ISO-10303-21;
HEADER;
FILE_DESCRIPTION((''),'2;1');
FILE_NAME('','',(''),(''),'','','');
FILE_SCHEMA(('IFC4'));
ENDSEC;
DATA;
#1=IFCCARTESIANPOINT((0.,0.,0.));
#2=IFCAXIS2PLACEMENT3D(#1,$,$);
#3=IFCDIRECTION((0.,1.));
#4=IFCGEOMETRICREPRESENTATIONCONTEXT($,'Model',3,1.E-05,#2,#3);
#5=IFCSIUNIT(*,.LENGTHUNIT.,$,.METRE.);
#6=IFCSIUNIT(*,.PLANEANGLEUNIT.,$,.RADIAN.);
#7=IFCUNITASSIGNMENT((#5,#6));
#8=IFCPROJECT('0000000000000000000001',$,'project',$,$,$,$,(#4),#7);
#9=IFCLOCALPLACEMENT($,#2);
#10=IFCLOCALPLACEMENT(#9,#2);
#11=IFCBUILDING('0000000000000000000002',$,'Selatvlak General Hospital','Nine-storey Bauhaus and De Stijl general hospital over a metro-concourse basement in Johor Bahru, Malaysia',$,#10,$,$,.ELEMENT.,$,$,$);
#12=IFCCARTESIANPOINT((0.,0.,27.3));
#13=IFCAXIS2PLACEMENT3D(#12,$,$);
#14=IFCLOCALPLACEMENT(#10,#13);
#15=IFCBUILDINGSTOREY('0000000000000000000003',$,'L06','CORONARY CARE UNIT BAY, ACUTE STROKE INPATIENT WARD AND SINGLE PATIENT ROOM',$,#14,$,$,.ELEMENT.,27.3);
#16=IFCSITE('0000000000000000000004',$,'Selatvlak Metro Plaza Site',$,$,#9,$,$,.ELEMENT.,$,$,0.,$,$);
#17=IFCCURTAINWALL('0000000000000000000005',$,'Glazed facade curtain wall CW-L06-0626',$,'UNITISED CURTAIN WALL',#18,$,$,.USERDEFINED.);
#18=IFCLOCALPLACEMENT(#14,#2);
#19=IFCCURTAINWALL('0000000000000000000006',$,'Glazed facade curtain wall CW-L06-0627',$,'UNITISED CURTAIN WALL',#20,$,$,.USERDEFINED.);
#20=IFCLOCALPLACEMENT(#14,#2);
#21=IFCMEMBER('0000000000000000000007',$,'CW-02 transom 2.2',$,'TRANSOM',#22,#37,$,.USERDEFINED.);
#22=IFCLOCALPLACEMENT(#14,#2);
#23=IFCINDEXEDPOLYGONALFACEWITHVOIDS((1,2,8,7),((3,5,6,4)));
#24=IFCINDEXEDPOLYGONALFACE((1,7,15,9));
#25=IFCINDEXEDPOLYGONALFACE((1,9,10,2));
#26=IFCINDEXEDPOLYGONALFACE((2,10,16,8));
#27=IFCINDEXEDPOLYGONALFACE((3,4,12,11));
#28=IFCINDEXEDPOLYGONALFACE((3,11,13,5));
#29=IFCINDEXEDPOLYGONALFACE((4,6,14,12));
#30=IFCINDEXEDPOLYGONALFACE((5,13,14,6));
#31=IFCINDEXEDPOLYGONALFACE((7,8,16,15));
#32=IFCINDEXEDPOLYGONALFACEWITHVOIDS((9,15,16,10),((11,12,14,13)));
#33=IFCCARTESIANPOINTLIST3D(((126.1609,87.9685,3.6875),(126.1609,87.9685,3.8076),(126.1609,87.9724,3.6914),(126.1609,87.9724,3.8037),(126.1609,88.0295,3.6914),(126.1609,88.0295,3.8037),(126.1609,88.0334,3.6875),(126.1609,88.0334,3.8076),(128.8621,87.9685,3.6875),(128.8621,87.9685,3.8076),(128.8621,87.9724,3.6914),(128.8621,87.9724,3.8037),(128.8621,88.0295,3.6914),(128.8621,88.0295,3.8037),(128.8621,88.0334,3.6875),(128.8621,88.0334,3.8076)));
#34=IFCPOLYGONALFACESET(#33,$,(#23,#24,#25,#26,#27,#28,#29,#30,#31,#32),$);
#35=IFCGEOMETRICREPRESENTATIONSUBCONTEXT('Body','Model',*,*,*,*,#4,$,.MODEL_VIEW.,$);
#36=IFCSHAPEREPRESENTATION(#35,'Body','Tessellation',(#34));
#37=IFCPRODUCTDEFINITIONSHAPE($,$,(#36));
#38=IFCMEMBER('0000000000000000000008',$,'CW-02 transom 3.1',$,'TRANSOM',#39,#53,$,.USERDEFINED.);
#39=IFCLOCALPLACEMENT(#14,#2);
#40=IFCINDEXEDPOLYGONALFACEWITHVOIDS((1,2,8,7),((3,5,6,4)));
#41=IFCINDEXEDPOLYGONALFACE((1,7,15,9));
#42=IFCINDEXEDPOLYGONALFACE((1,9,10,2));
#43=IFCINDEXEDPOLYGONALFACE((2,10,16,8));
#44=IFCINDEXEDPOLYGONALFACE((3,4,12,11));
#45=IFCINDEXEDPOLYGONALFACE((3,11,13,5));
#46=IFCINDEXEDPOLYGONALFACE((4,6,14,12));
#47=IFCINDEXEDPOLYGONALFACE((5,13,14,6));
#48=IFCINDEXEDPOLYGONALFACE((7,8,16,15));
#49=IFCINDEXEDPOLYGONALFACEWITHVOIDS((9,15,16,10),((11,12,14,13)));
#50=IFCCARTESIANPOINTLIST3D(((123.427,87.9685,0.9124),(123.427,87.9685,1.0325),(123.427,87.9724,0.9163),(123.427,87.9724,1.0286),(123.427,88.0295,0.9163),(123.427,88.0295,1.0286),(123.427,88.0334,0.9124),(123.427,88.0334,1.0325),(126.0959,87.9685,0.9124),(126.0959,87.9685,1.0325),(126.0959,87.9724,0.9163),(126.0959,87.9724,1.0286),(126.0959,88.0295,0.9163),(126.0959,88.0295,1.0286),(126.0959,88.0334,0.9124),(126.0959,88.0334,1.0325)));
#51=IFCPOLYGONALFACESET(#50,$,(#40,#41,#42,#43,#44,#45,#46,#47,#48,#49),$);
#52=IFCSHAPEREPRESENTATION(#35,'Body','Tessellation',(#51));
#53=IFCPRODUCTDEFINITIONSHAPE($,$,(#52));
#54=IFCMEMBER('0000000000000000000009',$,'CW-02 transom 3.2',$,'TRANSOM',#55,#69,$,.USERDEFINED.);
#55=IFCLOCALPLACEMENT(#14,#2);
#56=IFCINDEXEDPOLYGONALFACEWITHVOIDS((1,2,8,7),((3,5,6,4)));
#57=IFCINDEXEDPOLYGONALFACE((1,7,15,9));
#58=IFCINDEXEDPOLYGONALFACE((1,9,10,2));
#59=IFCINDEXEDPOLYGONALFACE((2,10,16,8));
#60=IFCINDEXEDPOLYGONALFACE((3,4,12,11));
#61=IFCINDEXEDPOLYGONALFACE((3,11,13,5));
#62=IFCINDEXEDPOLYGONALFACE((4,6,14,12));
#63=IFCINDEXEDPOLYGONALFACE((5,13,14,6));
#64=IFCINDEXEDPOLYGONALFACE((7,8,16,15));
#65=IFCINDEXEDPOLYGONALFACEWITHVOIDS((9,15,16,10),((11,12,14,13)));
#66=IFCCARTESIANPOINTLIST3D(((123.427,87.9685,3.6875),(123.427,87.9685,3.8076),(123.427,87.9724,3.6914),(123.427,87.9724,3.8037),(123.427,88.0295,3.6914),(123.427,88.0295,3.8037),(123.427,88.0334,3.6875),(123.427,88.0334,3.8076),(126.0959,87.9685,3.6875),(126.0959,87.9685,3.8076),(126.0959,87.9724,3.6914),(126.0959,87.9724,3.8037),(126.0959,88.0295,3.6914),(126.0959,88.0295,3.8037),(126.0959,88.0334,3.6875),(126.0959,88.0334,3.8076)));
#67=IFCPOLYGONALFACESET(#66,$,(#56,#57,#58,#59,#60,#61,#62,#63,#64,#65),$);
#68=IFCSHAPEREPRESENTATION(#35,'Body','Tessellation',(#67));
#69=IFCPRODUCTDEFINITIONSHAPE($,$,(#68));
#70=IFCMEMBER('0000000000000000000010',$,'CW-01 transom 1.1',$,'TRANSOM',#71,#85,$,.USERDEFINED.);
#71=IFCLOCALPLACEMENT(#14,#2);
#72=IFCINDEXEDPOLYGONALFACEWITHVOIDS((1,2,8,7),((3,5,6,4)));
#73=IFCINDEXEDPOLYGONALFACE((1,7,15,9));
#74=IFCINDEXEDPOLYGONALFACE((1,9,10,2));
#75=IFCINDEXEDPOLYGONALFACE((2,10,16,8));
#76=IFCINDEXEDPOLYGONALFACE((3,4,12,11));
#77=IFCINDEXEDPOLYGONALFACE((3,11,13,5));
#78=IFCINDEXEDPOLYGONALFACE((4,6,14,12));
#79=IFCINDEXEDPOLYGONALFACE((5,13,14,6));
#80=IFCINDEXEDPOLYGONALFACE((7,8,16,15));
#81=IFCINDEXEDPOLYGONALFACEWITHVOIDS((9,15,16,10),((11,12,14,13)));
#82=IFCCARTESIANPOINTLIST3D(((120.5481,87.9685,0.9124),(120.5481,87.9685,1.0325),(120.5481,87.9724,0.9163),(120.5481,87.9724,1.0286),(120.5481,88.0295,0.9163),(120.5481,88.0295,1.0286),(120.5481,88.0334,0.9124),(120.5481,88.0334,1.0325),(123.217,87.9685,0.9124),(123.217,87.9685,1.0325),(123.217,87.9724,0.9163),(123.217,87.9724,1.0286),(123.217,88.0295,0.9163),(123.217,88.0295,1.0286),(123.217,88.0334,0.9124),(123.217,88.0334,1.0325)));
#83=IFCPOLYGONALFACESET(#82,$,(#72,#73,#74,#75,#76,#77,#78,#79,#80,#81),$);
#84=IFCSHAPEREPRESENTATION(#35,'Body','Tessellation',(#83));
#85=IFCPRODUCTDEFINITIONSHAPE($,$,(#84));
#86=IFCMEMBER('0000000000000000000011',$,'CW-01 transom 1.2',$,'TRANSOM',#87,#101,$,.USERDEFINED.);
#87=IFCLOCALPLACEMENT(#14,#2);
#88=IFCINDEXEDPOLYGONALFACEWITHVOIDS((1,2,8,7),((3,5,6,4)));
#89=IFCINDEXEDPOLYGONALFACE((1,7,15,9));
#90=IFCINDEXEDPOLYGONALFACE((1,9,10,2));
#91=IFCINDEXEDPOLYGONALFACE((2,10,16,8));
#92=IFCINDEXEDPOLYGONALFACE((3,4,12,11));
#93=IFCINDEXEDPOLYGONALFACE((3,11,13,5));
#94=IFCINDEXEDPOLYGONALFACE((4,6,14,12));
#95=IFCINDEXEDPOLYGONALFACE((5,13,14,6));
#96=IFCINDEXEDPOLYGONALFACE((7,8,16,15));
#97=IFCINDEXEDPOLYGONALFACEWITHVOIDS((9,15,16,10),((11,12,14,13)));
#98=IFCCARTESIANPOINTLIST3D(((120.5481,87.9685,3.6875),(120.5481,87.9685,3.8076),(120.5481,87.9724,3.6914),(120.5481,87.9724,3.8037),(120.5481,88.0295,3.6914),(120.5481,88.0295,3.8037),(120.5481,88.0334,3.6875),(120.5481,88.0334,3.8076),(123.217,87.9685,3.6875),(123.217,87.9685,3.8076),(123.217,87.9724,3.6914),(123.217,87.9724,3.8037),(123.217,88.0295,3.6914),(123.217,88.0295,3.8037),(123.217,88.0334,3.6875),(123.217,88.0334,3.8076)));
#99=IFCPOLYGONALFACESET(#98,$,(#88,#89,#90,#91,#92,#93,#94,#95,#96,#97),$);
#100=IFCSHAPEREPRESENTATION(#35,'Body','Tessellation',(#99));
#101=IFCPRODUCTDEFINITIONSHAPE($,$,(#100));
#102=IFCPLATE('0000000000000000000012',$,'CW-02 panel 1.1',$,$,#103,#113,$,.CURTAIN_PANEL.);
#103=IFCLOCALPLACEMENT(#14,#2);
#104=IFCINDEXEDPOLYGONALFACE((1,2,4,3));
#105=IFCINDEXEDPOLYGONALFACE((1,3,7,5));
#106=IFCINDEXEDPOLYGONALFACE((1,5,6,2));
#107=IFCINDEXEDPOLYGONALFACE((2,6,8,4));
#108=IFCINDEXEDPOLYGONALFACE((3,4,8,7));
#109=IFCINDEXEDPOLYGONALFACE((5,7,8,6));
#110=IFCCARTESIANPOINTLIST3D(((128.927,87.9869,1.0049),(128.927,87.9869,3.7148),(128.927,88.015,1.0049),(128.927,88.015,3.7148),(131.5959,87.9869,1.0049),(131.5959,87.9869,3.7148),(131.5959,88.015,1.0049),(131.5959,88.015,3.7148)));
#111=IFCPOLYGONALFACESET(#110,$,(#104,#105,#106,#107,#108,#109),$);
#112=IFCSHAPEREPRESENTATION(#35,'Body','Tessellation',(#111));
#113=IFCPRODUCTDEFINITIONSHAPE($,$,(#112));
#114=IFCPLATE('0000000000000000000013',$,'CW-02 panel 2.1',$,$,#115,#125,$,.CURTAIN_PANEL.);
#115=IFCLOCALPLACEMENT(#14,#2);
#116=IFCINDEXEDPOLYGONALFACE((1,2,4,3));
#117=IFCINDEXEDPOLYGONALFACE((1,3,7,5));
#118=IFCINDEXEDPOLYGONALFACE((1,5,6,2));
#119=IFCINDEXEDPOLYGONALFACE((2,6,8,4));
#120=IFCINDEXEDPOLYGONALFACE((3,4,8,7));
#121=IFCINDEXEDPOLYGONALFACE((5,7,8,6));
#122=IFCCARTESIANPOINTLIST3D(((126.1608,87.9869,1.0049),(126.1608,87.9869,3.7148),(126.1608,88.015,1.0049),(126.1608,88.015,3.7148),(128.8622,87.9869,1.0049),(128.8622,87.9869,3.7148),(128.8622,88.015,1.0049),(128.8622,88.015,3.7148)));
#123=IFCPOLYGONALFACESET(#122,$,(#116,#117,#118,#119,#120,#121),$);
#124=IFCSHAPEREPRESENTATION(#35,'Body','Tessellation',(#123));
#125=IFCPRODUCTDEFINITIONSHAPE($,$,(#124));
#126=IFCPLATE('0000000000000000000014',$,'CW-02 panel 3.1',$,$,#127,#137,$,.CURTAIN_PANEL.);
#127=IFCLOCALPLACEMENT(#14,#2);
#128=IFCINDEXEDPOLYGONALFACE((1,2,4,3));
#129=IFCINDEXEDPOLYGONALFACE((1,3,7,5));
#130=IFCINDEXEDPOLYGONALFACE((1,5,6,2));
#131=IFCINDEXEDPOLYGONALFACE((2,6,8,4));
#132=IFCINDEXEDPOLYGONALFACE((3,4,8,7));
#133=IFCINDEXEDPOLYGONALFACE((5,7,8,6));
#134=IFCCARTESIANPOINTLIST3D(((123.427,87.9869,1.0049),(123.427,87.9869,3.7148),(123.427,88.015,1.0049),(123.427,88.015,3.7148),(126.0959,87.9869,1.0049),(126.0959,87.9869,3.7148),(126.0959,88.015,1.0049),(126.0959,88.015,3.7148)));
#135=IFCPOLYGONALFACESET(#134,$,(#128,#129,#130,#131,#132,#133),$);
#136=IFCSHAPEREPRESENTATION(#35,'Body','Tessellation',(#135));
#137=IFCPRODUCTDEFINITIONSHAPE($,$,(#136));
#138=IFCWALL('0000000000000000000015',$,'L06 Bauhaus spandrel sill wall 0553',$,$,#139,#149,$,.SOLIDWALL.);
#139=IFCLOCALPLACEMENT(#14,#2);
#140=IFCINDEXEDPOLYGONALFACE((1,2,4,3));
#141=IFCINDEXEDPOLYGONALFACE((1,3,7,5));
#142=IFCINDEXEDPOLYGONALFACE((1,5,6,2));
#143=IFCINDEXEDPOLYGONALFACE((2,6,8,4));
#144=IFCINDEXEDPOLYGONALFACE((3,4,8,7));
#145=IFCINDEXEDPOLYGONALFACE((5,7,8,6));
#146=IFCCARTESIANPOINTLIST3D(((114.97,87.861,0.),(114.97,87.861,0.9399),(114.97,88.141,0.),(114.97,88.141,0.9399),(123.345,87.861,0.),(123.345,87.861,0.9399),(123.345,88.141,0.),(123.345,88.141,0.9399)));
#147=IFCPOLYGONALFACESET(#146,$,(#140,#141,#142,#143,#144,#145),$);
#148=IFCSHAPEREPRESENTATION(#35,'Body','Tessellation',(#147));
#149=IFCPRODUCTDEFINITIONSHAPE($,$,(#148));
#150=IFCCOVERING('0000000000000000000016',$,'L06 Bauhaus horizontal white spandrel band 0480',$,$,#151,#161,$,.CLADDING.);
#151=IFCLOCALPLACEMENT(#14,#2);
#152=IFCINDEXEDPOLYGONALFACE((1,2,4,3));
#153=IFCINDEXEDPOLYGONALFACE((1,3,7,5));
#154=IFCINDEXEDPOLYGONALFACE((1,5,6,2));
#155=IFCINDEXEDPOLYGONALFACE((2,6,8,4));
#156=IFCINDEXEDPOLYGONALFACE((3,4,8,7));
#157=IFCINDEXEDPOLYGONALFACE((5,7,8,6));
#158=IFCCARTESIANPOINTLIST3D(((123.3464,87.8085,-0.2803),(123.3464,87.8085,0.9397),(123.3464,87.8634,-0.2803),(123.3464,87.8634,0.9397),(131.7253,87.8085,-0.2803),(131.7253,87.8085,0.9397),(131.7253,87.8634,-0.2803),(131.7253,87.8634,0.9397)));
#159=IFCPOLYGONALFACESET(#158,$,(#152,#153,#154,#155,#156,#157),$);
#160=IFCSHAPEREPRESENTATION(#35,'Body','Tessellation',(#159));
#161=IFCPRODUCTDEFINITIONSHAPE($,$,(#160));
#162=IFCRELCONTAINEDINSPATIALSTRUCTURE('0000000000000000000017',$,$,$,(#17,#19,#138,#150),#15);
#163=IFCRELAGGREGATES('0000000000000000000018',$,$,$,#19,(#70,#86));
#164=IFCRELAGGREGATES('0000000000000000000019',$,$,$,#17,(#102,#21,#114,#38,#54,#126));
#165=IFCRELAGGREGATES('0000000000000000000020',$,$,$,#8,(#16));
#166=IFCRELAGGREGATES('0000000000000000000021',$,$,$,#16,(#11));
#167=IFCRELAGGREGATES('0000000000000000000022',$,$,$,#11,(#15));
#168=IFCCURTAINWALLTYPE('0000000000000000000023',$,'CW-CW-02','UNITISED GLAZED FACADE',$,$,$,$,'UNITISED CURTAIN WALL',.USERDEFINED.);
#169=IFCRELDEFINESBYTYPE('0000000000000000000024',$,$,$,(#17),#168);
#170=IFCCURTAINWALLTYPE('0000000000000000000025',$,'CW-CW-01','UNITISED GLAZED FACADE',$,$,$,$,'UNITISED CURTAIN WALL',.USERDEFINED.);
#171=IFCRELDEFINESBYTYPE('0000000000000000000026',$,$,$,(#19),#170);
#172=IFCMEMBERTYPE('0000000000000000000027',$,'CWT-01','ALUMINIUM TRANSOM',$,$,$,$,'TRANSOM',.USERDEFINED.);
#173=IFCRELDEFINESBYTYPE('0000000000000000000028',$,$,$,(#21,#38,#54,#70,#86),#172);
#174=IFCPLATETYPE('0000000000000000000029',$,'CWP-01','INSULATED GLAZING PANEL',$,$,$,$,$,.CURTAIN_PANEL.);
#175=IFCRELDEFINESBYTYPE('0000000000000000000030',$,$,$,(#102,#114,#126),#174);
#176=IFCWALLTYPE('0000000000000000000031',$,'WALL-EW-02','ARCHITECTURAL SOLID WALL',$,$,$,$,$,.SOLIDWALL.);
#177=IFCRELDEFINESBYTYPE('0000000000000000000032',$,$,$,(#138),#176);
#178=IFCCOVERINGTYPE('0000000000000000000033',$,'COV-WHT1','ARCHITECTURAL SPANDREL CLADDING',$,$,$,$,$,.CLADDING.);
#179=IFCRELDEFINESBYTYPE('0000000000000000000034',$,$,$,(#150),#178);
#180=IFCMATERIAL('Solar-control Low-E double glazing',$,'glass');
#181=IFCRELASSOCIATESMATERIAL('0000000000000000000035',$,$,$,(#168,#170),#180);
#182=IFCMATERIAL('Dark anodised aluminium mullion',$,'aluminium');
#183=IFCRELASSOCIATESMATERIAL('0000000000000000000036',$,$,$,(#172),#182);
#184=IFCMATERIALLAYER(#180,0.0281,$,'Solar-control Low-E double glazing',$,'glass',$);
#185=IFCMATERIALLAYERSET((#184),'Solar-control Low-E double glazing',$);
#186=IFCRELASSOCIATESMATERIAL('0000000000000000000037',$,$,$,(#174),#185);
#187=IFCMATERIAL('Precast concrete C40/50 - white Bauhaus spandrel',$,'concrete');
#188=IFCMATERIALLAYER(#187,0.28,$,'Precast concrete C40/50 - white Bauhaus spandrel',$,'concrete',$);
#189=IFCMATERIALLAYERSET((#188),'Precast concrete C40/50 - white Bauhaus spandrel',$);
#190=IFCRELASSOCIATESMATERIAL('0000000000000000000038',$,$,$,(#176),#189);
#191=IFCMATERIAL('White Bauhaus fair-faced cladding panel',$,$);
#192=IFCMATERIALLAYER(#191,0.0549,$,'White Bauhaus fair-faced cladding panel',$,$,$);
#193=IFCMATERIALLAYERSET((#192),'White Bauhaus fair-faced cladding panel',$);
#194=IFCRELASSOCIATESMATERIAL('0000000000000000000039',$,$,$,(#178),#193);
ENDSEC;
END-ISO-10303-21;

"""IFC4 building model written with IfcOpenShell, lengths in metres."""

from ifc_helpers import new_model, si_unit, direction, frame, frame_2d, origin, origin_2d, place, context, subcontext, project, spatial, rectangle, hollow_rectangle, extrude, material, layer, layer_set, material_profile, profile_set, type_object, element, aggregate, save


model = new_model("IFC4")

# Units and contexts
model_context = context("Model", 3, precision=1e-05, world=origin(), true_north=direction((0.0, 1.0)))
body_context = subcontext(model_context, "Body", "Model", "MODEL_VIEW")
ifc_project = project(units=[si_unit("LENGTHUNIT", "METRE"), si_unit("PLANEANGLEUNIT", "RADIAN")], contexts=[model_context])

# Site, building, storey
site_placement = place(None, origin())
site = spatial("IfcSite", under=ifc_project, at=site_placement, Name="Selatvlak Metro Plaza Site", CompositionType="ELEMENT", RefElevation=0.0)
building_placement = place(site_placement, origin())
building = spatial("IfcBuilding", under=site, at=building_placement, Name="Selatvlak General Hospital", Description="Nine-storey Bauhaus and De Stijl general hospital over a metro-concourse basement in Johor Bahru, Malaysia", CompositionType="ELEMENT")
storey_placement = place(building_placement, frame((0.0, 0.0, 27.3)))
storey = spatial("IfcBuildingStorey", under=building, at=storey_placement, Name="L06", Description="CORONARY CARE UNIT BAY, ACUTE STROKE INPATIENT WARD AND SINGLE PATIENT ROOM", CompositionType="ELEMENT", Elevation=27.3)

# Curtain wall
ifc_material_1 = material(Name="Solar-control Low-E double glazing", Category="glass")
curtain_wall_type_1 = type_object("IfcCurtainWallType", Name="CW-CW-02", Description="UNITISED GLAZED FACADE", ElementType="UNITISED CURTAIN WALL", PredefinedType="USERDEFINED", material=ifc_material_1)
curtain_wall_1_placement = place(storey_placement, origin())
curtain_wall_1 = element("IfcCurtainWall", 1, at=curtain_wall_1_placement, inside=storey, type_object=curtain_wall_type_1, Name="Glazed facade curtain wall CW-L06-0626", ObjectType="UNITISED CURTAIN WALL", PredefinedType="USERDEFINED")
ifc_material_2 = material(Name="Dark anodised aluminium mullion", Category="aluminium")

# Curtain wall
curtain_wall_type_2 = type_object("IfcCurtainWallType", Name="CW-CW-01", Description="UNITISED GLAZED FACADE", ElementType="UNITISED CURTAIN WALL", PredefinedType="USERDEFINED", material=ifc_material_1)
curtain_wall_2_placement = place(storey_placement, origin())
curtain_wall_2 = element("IfcCurtainWall", 2, at=curtain_wall_2_placement, inside=storey, type_object=curtain_wall_type_2, Name="Glazed facade curtain wall CW-L06-0627", ObjectType="UNITISED CURTAIN WALL", PredefinedType="USERDEFINED")

# Members
ifc_material_profile_1 = material_profile(ifc_material_2, hollow_rectangle(XDim=0.0649, YDim=0.1201, WallThickness=0.0039, at=origin_2d()), Name="AL-TRN 65x120x4")
ifc_profile_set_1 = profile_set([ifc_material_profile_1], Name="Dark anodised aluminium mullion")
member_type_1 = type_object("IfcMemberType", Name="CWT-01", Description="ALUMINIUM TRANSOM", ElementType="TRANSOM", PredefinedType="USERDEFINED", material=ifc_profile_set_1)
member_1_placement = place(storey_placement, frame((128.8621, 88.001, 3.7476), z_axis=(-1.0, 0.0, 0.0), x_axis=(0.0, -1.0, 0.0)))
member_1 = element("IfcMember", 3, at=member_1_placement, type_object=member_type_1, Name="CW-02 transom 2.2", ObjectType="TRANSOM", PredefinedType="USERDEFINED", context=body_context, shape_type="SweptSolid", body=[
    extrude(hollow_rectangle(XDim=0.0649, YDim=0.1201, WallThickness=0.0039, at=origin_2d()), origin(), (0.0, 0.0, 1.0), 2.7012),
])
member_2_placement = place(storey_placement, frame((126.0959, 88.001, 0.9724), z_axis=(-1.0, 0.0, 0.0), x_axis=(0.0, -1.0, 0.0)))
member_2 = element("IfcMember", 4, at=member_2_placement, type_object=member_type_1, Name="CW-02 transom 3.1", ObjectType="TRANSOM", PredefinedType="USERDEFINED", context=body_context, shape_type="SweptSolid", body=[
    extrude(hollow_rectangle(XDim=0.0649, YDim=0.1201, WallThickness=0.0039, at=origin_2d()), origin(), (0.0, 0.0, 1.0), 2.6689),
])
member_3_placement = place(storey_placement, frame((126.0959, 88.001, 3.7476), z_axis=(-1.0, 0.0, 0.0), x_axis=(0.0, -1.0, 0.0)))
member_3 = element("IfcMember", 5, at=member_3_placement, type_object=member_type_1, Name="CW-02 transom 3.2", ObjectType="TRANSOM", PredefinedType="USERDEFINED", context=body_context, shape_type="SweptSolid", body=[
    extrude(hollow_rectangle(XDim=0.0649, YDim=0.1201, WallThickness=0.0039, at=origin_2d()), origin(), (0.0, 0.0, 1.0), 2.6689),
])
member_4_placement = place(storey_placement, frame((123.217, 88.001, 0.9724), z_axis=(-1.0, 0.0, 0.0), x_axis=(0.0, -1.0, 0.0)))
member_4 = element("IfcMember", 6, at=member_4_placement, type_object=member_type_1, Name="CW-01 transom 1.1", ObjectType="TRANSOM", PredefinedType="USERDEFINED", context=body_context, shape_type="SweptSolid", body=[
    extrude(hollow_rectangle(XDim=0.0649, YDim=0.1201, WallThickness=0.0039, at=origin_2d()), origin(), (0.0, 0.0, 1.0), 2.6689),
])
member_5_placement = place(storey_placement, frame((123.217, 88.001, 3.7476), z_axis=(-1.0, 0.0, 0.0), x_axis=(0.0, -1.0, 0.0)))
member_5 = element("IfcMember", 7, at=member_5_placement, type_object=member_type_1, Name="CW-01 transom 1.2", ObjectType="TRANSOM", PredefinedType="USERDEFINED", context=body_context, shape_type="SweptSolid", body=[
    extrude(hollow_rectangle(XDim=0.0649, YDim=0.1201, WallThickness=0.0039, at=origin_2d()), origin(), (0.0, 0.0, 1.0), 2.6689),
])
aggregate(curtain_wall_2, [member_4, member_5])

# Plates
ifc_layer_1 = layer(ifc_material_1, 0.0281, Name="Solar-control Low-E double glazing", Category="glass")
ifc_layer_set_1 = layer_set([ifc_layer_1], Name="Solar-control Low-E double glazing")
plate_type = type_object("IfcPlateType", Name="CWP-01", Description="INSULATED GLAZING PANEL", PredefinedType="CURTAIN_PANEL", material=ifc_layer_set_1)
plate_1_placement = place(storey_placement, frame((130.2615, 88.001, 1.0049), z_axis=(0.0, 0.0, 1.0), x_axis=(-1.0, 0.0, 0.0)))
plate_1 = element("IfcPlate", 8, at=plate_1_placement, type_object=plate_type, Name="CW-02 panel 1.1", PredefinedType="CURTAIN_PANEL", context=body_context, shape_type="SweptSolid", body=[
    extrude(rectangle(XDim=2.6689, YDim=0.0281, at=origin_2d()), origin(), (0.0, 0.0, 1.0), 2.71),
])
plate_2_placement = place(storey_placement, frame((127.5115, 88.001, 1.0049), z_axis=(0.0, 0.0, 1.0), x_axis=(-1.0, 0.0, 0.0)))
plate_2 = element("IfcPlate", 9, at=plate_2_placement, type_object=plate_type, Name="CW-02 panel 2.1", PredefinedType="CURTAIN_PANEL", context=body_context, shape_type="SweptSolid", body=[
    extrude(rectangle(XDim=2.7014, YDim=0.0281, at=origin_2d()), origin(), (0.0, 0.0, 1.0), 2.71),
])
plate_3_placement = place(storey_placement, frame((124.7615, 88.001, 1.0049), z_axis=(0.0, 0.0, 1.0), x_axis=(-1.0, 0.0, 0.0)))
plate_3 = element("IfcPlate", 10, at=plate_3_placement, type_object=plate_type, Name="CW-02 panel 3.1", PredefinedType="CURTAIN_PANEL", context=body_context, shape_type="SweptSolid", body=[
    extrude(rectangle(XDim=2.6689, YDim=0.0281, at=origin_2d()), origin(), (0.0, 0.0, 1.0), 2.71),
])
aggregate(curtain_wall_1, [plate_1, member_1, plate_2, member_2, member_3, plate_3])

# Wall
ifc_material_3 = material(Name="Precast concrete C40/50 - white Bauhaus spandrel", Category="concrete")
ifc_layer_2 = layer(ifc_material_3, 0.28, Name="Precast concrete C40/50 - white Bauhaus spandrel", Category="concrete")
ifc_layer_set_2 = layer_set([ifc_layer_2], Name="Precast concrete C40/50 - white Bauhaus spandrel")
wall_type = type_object("IfcWallType", Name="WALL-EW-02", Description="ARCHITECTURAL SOLID WALL", PredefinedType="SOLIDWALL", material=ifc_layer_set_2)
wall_placement = place(storey_placement, frame((123.345, 88.001, 0.0), z_axis=(0.0, 0.0, 1.0), x_axis=(-1.0, 0.0, 0.0)))
element("IfcWall", 11, at=wall_placement, inside=storey, type_object=wall_type, Name="L06 Bauhaus spandrel sill wall 0553", PredefinedType="SOLIDWALL", context=body_context, shape_type="SweptSolid", body=[
    extrude(rectangle(XDim=8.375, YDim=0.28, at=frame_2d((4.1875, 0.0))), origin(), (0.0, 0.0, 1.0), 0.9399),
])

# Covering
ifc_material_4 = material(Name="White Bauhaus fair-faced cladding panel")
ifc_layer_3 = layer(ifc_material_4, 0.0549, Name="White Bauhaus fair-faced cladding panel")
ifc_layer_set_3 = layer_set([ifc_layer_3], Name="White Bauhaus fair-faced cladding panel")
covering_type = type_object("IfcCoveringType", Name="COV-WHT1", Description="ARCHITECTURAL SPANDREL CLADDING", PredefinedType="CLADDING", material=ifc_layer_set_3)
covering_placement = place(storey_placement, frame((127.5359, 87.8359, -0.2803), z_axis=(0.0, 0.0, 1.0), x_axis=(-1.0, 0.0, 0.0)))
element("IfcCovering", 12, at=covering_placement, inside=storey, type_object=covering_type, Name="L06 Bauhaus horizontal white spandrel band 0480", PredefinedType="CLADDING", context=body_context, shape_type="SweptSolid", body=[
    extrude(rectangle(XDim=8.3789, YDim=0.0549, at=origin_2d()), origin(), (0.0, 0.0, 1.0), 1.22),
])

save(model, "model.ifc")
